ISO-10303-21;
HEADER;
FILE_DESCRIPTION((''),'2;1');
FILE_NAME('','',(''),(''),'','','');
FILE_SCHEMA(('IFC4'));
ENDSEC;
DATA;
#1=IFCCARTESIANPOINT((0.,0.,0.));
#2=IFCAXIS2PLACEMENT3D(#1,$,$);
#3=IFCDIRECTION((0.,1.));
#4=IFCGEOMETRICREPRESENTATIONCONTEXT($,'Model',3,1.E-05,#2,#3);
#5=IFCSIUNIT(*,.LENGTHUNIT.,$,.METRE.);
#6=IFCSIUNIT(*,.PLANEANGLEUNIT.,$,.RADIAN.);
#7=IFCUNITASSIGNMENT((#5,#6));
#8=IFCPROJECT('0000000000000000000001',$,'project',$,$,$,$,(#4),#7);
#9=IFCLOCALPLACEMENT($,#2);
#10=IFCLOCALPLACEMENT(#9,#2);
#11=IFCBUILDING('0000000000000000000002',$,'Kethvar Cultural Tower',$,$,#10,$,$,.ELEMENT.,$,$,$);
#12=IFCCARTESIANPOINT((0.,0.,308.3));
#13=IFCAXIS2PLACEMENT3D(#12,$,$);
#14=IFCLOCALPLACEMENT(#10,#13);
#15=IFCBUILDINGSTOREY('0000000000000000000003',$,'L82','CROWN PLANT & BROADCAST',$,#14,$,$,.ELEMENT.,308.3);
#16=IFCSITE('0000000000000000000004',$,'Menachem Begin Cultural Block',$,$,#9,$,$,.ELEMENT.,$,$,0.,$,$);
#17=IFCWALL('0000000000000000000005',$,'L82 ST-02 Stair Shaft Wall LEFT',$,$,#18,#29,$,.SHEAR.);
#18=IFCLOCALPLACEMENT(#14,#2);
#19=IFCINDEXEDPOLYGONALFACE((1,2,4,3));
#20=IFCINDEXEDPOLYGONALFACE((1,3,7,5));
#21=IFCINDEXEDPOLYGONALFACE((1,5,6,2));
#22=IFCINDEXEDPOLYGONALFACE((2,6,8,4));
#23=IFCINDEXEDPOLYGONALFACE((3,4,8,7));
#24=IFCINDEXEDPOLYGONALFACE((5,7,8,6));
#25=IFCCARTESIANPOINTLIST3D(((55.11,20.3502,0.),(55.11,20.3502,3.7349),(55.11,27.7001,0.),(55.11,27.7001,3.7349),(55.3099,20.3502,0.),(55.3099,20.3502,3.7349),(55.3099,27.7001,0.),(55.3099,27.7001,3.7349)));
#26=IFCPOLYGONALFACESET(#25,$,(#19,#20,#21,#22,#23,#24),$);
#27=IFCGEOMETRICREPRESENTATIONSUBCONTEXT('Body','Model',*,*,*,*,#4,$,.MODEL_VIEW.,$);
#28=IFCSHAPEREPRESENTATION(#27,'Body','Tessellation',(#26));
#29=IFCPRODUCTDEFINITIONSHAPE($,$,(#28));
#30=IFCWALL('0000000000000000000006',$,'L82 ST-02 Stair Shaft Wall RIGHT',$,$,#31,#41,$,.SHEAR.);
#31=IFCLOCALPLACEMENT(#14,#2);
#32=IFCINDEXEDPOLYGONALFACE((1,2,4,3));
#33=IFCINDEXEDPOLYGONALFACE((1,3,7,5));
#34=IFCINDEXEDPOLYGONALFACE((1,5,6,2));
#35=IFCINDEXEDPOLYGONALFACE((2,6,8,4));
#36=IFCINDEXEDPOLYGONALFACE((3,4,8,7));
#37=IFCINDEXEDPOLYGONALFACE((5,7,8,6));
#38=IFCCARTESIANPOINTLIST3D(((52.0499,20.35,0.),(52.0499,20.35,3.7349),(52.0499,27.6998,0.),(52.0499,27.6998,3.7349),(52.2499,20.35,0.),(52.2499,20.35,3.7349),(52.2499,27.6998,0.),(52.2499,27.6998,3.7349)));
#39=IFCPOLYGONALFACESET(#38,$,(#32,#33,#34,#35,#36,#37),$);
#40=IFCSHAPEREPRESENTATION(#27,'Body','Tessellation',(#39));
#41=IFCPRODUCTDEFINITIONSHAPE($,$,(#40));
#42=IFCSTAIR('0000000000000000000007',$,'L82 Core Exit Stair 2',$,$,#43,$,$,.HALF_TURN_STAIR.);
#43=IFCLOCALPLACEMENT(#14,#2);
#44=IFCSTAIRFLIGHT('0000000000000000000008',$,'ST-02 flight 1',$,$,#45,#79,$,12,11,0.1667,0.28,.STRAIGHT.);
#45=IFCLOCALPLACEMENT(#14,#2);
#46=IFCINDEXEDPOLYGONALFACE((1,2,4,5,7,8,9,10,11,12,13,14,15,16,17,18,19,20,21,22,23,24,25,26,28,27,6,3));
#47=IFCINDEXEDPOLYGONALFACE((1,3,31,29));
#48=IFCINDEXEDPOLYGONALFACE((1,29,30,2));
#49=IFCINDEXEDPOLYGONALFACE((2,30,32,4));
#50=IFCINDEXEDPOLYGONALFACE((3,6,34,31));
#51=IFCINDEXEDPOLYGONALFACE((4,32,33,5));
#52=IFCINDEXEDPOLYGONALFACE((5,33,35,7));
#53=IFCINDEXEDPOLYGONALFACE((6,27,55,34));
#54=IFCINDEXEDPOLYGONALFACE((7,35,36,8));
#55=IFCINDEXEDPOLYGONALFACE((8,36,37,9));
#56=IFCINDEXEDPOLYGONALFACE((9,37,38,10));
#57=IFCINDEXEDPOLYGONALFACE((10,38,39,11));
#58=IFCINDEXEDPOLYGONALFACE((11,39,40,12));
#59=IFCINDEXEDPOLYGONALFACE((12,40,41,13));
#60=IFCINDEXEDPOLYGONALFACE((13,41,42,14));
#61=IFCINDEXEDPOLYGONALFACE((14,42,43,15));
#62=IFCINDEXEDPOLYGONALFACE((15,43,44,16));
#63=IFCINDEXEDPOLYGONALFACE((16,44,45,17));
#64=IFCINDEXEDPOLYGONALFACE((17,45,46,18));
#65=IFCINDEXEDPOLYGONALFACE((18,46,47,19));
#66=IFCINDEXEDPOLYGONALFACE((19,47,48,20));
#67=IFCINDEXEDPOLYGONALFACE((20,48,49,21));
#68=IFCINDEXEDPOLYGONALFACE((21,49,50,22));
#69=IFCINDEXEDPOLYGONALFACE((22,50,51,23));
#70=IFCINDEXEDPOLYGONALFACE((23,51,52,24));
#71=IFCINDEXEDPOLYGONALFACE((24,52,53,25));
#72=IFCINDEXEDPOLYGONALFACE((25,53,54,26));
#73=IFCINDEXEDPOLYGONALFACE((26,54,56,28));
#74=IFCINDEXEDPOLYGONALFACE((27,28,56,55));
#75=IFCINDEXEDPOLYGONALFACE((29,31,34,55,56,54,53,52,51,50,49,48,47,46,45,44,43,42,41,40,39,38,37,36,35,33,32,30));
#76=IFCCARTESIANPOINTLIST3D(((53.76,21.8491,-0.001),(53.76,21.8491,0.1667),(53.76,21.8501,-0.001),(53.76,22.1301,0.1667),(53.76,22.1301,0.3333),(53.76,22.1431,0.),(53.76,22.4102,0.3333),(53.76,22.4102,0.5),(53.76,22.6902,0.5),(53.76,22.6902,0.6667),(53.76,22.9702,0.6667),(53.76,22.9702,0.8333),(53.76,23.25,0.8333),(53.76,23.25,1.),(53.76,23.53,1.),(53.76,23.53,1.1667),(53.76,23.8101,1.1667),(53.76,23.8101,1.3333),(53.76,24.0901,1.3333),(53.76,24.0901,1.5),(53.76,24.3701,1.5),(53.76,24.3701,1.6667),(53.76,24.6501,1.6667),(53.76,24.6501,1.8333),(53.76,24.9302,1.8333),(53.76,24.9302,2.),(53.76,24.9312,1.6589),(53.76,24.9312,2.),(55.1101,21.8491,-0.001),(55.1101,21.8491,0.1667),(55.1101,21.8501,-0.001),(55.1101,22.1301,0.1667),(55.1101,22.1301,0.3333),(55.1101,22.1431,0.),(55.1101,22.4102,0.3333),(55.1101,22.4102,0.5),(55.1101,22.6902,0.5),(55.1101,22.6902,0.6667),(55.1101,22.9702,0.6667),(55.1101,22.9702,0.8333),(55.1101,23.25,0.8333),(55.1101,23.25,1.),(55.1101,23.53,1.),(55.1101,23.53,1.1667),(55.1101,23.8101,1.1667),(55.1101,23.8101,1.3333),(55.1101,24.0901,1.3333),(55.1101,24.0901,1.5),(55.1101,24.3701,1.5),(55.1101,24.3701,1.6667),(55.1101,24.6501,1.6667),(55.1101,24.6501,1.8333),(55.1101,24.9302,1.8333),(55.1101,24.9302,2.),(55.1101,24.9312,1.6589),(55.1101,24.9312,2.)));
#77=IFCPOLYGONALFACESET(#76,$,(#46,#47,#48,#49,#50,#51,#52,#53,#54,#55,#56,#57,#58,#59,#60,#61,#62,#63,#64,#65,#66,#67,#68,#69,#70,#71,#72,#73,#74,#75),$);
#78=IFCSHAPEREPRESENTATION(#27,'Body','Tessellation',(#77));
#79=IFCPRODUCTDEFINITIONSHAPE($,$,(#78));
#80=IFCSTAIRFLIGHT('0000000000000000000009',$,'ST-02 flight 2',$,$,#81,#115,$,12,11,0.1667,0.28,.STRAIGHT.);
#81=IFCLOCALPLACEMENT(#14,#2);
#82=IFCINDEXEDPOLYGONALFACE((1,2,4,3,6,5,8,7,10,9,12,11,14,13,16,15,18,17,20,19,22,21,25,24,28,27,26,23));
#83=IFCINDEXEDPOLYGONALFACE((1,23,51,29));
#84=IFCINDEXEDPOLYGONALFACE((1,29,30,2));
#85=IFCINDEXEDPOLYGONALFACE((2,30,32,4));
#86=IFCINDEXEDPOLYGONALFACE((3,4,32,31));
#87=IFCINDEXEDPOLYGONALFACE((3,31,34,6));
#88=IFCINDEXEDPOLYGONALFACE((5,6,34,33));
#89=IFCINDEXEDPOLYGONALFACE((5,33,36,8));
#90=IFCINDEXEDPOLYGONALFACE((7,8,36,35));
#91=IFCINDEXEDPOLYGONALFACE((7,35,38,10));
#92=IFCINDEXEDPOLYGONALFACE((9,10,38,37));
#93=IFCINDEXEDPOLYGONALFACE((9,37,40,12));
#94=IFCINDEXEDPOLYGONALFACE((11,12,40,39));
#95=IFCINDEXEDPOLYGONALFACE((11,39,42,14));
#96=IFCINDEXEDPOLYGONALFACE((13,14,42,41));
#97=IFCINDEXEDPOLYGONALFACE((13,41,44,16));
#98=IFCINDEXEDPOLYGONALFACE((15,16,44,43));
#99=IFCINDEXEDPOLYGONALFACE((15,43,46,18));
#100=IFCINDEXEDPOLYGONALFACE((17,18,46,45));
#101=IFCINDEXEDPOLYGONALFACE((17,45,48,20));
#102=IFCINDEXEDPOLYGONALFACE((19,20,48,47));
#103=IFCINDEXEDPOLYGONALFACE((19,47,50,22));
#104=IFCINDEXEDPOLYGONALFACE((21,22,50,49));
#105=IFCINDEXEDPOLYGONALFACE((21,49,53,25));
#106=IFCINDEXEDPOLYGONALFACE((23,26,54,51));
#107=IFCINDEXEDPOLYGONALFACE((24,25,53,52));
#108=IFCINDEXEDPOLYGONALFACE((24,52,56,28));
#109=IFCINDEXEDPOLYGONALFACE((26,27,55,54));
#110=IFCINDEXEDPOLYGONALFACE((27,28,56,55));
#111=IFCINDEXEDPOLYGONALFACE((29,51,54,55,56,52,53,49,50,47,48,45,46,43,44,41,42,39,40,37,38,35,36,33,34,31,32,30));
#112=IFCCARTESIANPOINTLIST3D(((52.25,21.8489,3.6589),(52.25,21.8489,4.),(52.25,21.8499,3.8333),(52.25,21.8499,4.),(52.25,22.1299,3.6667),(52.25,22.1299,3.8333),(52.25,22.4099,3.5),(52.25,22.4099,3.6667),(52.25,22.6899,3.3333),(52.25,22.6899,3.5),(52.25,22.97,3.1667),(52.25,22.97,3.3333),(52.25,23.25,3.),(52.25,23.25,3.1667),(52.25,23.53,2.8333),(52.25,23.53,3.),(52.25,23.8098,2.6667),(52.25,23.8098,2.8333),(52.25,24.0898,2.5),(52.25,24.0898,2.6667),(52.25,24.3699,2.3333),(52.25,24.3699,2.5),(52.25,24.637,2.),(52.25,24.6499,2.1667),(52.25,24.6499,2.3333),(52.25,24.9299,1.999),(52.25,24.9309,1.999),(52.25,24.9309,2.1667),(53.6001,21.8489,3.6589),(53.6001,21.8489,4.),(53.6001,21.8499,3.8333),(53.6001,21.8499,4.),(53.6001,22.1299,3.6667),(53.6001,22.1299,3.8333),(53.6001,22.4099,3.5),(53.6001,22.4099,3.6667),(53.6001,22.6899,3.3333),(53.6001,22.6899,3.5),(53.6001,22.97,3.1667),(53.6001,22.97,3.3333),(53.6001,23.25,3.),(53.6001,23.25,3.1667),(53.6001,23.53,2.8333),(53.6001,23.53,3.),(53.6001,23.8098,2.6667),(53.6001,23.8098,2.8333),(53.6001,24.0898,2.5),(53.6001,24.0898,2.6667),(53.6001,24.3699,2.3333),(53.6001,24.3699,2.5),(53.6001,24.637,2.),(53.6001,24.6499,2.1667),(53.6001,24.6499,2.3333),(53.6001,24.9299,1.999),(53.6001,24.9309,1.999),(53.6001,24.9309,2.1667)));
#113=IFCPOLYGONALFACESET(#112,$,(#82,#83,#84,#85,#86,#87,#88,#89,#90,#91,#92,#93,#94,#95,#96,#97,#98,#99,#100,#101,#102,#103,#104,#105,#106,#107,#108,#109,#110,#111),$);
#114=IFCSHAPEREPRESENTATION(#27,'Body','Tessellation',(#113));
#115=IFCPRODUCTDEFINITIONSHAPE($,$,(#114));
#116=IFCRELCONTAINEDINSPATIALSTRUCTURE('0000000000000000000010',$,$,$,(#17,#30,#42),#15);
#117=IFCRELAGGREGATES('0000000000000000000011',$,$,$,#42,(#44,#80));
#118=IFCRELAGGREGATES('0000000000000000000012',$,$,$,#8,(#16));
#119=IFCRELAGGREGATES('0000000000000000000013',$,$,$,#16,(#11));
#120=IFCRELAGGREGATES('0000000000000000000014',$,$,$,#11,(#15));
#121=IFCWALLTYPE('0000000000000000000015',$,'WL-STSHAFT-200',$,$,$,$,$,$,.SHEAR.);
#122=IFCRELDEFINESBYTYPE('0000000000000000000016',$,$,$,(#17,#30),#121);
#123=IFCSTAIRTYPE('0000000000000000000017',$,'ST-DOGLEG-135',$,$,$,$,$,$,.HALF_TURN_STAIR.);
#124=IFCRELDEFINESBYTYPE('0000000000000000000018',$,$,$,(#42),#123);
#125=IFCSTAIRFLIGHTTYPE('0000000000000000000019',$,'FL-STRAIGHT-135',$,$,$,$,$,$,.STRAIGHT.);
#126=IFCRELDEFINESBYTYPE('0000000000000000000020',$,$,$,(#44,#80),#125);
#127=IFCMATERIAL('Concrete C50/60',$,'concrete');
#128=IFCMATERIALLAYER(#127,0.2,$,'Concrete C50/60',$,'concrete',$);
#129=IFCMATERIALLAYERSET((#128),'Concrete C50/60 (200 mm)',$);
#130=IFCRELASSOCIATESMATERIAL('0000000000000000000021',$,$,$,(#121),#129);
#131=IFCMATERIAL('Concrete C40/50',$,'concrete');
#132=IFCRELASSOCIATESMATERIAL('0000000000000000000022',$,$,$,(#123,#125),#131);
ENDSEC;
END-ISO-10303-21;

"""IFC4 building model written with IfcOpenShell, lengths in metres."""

from ifc_helpers import new_model, si_unit, direction, frame, frame_2d, origin, place, context, subcontext, project, spatial, polyline, rectangle, outline, extrude, material, layer, layer_set, type_object, element, aggregate, save


model = new_model("IFC4")

# Units and contexts
model_context = context("Model", 3, precision=1e-05, world=origin(), true_north=direction((0.0, 1.0)))
body_context = subcontext(model_context, "Body", "Model", "MODEL_VIEW")
ifc_project = project(units=[si_unit("LENGTHUNIT", "METRE"), si_unit("PLANEANGLEUNIT", "RADIAN")], contexts=[model_context])

# Site, building, storey
site_placement = place(None, origin())
site = spatial("IfcSite", under=ifc_project, at=site_placement, Name="Menachem Begin Cultural Block", CompositionType="ELEMENT", RefElevation=0.0)
building_placement = place(site_placement, origin())
building = spatial("IfcBuilding", under=site, at=building_placement, Name="Kethvar Cultural Tower", CompositionType="ELEMENT")
storey_placement = place(building_placement, frame((0.0, 0.0, 308.3)))
storey = spatial("IfcBuildingStorey", under=building, at=storey_placement, Name="L82", Description="CROWN PLANT & BROADCAST", CompositionType="ELEMENT", Elevation=308.3)

# Shared definitions
ifc_material_1 = material(Name="Concrete C50/60", Category="concrete")

# Shared definitions
ifc_material_2 = material(Name="Concrete C40/50", Category="concrete")

# Walls
ifc_layer_1 = layer(ifc_material_1, 0.2, Name="Concrete C50/60", Category="concrete")
ifc_layer_set_1 = layer_set([ifc_layer_1], Name="Concrete C50/60 (200 mm)")
wall_type_1 = type_object("IfcWallType", Name="WL-STSHAFT-200", PredefinedType="SHEAR", material=ifc_layer_set_1)
for number, where, z_axis, x_axis, name in (
    (1, (55.21, 27.7, 0.0), (0.0, 0.0, 1.0), (0.0, -1.0, 0.0), "L82 ST-02 Stair Shaft Wall LEFT"),
    (2, (52.1499, 20.3501, 0.0), (0.0, 0.0, 1.0), (0.0, 1.0, 0.0), "L82 ST-02 Stair Shaft Wall RIGHT"),
):
    element("IfcWall", number, at=place(storey_placement, frame(where, z_axis=z_axis, x_axis=x_axis)), inside=storey, type_object=wall_type_1, Name=name, PredefinedType="SHEAR", context=body_context, shape_type="SweptSolid", body=[
        extrude(rectangle(XDim=7.3499, YDim=0.2, at=frame_2d((3.6748, 0.0))), origin(), (0.0, 0.0, 1.0), 3.7349),
    ])

# Stair, stair flights
stair_type = type_object("IfcStairType", Name="ST-DOGLEG-135", PredefinedType="HALF_TURN_STAIR", material=ifc_material_2)
stair_placement = place(storey_placement, origin())
stair = element("IfcStair", 3, at=stair_placement, inside=storey, type_object=stair_type, Name="L82 Core Exit Stair 2", PredefinedType="HALF_TURN_STAIR")
stair_flight_type = type_object("IfcStairFlightType", Name="FL-STRAIGHT-135", PredefinedType="STRAIGHT", material=ifc_material_2)
stair_flight_1_placement = place(storey_placement, frame((54.4351, 21.8501, 0.0), z_axis=(0.0, 0.0, 1.0), x_axis=(0.0, 1.0, 0.0)))
stair_flight_1 = element("IfcStairFlight", 4, at=stair_flight_1_placement, type_object=stair_flight_type, Name="ST-02 flight 1", NumberOfRisers=12, NumberOfTreads=11, PredefinedType="STRAIGHT", RiserHeight=0.1667, TreadLength=0.28, context=body_context, shape_type="SweptSolid", body=[
    extrude(outline(polyline([(-0.001, -0.001), (-0.001, 0.1667), (0.28, 0.1667), (0.28, 0.3333), (0.5601, 0.3333), (0.5601, 0.5), (0.8401, 0.5), (0.8401, 0.6667), (1.1201, 0.6667), (1.1201, 0.8333), (1.3999, 0.8333), (1.3999, 1.0), (1.6799, 1.0), (1.6799, 1.1667), (1.96, 1.1667), (1.96, 1.3333), (2.24, 1.3333), (2.24, 1.5), (2.52, 1.5), (2.52, 1.6667), (2.8, 1.6667), (2.8, 1.8333), (3.0801, 1.8333), (3.0801, 2.0), (3.0811, 2.0), (3.0811, 1.6589), (0.293, 0.0), (0.0, -0.001), (-0.001, -0.001)])), frame((0.0, 0.675, 0.0), z_axis=(0.0, -1.0, 0.0), x_axis=(1.0, 0.0, 0.0)), (0.0, 0.0, 1.0), 1.3501),
])
stair_flight_2_placement = place(storey_placement, frame((52.925, 24.9299, 2.0), z_axis=(0.0, 0.0, 1.0), x_axis=(0.0, -1.0, 0.0)))
stair_flight_2 = element("IfcStairFlight", 5, at=stair_flight_2_placement, type_object=stair_flight_type, Name="ST-02 flight 2", NumberOfRisers=12, NumberOfTreads=11, PredefinedType="STRAIGHT", RiserHeight=0.1667, TreadLength=0.28, context=body_context, shape_type="SweptSolid", body=[
    extrude(outline(polyline([(-0.001, -0.001), (-0.001, 0.1667), (0.28, 0.1667), (0.28, 0.3333), (0.5601, 0.3333), (0.5601, 0.5), (0.8401, 0.5), (0.8401, 0.6667), (1.1201, 0.6667), (1.1201, 0.8333), (1.3999, 0.8333), (1.3999, 1.0), (1.6799, 1.0), (1.6799, 1.1667), (1.96, 1.1667), (1.96, 1.3333), (2.24, 1.3333), (2.24, 1.5), (2.52, 1.5), (2.52, 1.6667), (2.8, 1.6667), (2.8, 1.8333), (3.0801, 1.8333), (3.0801, 2.0), (3.0811, 2.0), (3.0811, 1.6589), (0.293, 0.0), (0.0, -0.001), (-0.001, -0.001)])), frame((0.0, 0.675, 0.0), z_axis=(0.0, -1.0, 0.0), x_axis=(1.0, 0.0, 0.0)), (0.0, 0.0, 1.0), 1.3501),
])
aggregate(stair, [stair_flight_1, stair_flight_2])

save(model, "model.ifc")
